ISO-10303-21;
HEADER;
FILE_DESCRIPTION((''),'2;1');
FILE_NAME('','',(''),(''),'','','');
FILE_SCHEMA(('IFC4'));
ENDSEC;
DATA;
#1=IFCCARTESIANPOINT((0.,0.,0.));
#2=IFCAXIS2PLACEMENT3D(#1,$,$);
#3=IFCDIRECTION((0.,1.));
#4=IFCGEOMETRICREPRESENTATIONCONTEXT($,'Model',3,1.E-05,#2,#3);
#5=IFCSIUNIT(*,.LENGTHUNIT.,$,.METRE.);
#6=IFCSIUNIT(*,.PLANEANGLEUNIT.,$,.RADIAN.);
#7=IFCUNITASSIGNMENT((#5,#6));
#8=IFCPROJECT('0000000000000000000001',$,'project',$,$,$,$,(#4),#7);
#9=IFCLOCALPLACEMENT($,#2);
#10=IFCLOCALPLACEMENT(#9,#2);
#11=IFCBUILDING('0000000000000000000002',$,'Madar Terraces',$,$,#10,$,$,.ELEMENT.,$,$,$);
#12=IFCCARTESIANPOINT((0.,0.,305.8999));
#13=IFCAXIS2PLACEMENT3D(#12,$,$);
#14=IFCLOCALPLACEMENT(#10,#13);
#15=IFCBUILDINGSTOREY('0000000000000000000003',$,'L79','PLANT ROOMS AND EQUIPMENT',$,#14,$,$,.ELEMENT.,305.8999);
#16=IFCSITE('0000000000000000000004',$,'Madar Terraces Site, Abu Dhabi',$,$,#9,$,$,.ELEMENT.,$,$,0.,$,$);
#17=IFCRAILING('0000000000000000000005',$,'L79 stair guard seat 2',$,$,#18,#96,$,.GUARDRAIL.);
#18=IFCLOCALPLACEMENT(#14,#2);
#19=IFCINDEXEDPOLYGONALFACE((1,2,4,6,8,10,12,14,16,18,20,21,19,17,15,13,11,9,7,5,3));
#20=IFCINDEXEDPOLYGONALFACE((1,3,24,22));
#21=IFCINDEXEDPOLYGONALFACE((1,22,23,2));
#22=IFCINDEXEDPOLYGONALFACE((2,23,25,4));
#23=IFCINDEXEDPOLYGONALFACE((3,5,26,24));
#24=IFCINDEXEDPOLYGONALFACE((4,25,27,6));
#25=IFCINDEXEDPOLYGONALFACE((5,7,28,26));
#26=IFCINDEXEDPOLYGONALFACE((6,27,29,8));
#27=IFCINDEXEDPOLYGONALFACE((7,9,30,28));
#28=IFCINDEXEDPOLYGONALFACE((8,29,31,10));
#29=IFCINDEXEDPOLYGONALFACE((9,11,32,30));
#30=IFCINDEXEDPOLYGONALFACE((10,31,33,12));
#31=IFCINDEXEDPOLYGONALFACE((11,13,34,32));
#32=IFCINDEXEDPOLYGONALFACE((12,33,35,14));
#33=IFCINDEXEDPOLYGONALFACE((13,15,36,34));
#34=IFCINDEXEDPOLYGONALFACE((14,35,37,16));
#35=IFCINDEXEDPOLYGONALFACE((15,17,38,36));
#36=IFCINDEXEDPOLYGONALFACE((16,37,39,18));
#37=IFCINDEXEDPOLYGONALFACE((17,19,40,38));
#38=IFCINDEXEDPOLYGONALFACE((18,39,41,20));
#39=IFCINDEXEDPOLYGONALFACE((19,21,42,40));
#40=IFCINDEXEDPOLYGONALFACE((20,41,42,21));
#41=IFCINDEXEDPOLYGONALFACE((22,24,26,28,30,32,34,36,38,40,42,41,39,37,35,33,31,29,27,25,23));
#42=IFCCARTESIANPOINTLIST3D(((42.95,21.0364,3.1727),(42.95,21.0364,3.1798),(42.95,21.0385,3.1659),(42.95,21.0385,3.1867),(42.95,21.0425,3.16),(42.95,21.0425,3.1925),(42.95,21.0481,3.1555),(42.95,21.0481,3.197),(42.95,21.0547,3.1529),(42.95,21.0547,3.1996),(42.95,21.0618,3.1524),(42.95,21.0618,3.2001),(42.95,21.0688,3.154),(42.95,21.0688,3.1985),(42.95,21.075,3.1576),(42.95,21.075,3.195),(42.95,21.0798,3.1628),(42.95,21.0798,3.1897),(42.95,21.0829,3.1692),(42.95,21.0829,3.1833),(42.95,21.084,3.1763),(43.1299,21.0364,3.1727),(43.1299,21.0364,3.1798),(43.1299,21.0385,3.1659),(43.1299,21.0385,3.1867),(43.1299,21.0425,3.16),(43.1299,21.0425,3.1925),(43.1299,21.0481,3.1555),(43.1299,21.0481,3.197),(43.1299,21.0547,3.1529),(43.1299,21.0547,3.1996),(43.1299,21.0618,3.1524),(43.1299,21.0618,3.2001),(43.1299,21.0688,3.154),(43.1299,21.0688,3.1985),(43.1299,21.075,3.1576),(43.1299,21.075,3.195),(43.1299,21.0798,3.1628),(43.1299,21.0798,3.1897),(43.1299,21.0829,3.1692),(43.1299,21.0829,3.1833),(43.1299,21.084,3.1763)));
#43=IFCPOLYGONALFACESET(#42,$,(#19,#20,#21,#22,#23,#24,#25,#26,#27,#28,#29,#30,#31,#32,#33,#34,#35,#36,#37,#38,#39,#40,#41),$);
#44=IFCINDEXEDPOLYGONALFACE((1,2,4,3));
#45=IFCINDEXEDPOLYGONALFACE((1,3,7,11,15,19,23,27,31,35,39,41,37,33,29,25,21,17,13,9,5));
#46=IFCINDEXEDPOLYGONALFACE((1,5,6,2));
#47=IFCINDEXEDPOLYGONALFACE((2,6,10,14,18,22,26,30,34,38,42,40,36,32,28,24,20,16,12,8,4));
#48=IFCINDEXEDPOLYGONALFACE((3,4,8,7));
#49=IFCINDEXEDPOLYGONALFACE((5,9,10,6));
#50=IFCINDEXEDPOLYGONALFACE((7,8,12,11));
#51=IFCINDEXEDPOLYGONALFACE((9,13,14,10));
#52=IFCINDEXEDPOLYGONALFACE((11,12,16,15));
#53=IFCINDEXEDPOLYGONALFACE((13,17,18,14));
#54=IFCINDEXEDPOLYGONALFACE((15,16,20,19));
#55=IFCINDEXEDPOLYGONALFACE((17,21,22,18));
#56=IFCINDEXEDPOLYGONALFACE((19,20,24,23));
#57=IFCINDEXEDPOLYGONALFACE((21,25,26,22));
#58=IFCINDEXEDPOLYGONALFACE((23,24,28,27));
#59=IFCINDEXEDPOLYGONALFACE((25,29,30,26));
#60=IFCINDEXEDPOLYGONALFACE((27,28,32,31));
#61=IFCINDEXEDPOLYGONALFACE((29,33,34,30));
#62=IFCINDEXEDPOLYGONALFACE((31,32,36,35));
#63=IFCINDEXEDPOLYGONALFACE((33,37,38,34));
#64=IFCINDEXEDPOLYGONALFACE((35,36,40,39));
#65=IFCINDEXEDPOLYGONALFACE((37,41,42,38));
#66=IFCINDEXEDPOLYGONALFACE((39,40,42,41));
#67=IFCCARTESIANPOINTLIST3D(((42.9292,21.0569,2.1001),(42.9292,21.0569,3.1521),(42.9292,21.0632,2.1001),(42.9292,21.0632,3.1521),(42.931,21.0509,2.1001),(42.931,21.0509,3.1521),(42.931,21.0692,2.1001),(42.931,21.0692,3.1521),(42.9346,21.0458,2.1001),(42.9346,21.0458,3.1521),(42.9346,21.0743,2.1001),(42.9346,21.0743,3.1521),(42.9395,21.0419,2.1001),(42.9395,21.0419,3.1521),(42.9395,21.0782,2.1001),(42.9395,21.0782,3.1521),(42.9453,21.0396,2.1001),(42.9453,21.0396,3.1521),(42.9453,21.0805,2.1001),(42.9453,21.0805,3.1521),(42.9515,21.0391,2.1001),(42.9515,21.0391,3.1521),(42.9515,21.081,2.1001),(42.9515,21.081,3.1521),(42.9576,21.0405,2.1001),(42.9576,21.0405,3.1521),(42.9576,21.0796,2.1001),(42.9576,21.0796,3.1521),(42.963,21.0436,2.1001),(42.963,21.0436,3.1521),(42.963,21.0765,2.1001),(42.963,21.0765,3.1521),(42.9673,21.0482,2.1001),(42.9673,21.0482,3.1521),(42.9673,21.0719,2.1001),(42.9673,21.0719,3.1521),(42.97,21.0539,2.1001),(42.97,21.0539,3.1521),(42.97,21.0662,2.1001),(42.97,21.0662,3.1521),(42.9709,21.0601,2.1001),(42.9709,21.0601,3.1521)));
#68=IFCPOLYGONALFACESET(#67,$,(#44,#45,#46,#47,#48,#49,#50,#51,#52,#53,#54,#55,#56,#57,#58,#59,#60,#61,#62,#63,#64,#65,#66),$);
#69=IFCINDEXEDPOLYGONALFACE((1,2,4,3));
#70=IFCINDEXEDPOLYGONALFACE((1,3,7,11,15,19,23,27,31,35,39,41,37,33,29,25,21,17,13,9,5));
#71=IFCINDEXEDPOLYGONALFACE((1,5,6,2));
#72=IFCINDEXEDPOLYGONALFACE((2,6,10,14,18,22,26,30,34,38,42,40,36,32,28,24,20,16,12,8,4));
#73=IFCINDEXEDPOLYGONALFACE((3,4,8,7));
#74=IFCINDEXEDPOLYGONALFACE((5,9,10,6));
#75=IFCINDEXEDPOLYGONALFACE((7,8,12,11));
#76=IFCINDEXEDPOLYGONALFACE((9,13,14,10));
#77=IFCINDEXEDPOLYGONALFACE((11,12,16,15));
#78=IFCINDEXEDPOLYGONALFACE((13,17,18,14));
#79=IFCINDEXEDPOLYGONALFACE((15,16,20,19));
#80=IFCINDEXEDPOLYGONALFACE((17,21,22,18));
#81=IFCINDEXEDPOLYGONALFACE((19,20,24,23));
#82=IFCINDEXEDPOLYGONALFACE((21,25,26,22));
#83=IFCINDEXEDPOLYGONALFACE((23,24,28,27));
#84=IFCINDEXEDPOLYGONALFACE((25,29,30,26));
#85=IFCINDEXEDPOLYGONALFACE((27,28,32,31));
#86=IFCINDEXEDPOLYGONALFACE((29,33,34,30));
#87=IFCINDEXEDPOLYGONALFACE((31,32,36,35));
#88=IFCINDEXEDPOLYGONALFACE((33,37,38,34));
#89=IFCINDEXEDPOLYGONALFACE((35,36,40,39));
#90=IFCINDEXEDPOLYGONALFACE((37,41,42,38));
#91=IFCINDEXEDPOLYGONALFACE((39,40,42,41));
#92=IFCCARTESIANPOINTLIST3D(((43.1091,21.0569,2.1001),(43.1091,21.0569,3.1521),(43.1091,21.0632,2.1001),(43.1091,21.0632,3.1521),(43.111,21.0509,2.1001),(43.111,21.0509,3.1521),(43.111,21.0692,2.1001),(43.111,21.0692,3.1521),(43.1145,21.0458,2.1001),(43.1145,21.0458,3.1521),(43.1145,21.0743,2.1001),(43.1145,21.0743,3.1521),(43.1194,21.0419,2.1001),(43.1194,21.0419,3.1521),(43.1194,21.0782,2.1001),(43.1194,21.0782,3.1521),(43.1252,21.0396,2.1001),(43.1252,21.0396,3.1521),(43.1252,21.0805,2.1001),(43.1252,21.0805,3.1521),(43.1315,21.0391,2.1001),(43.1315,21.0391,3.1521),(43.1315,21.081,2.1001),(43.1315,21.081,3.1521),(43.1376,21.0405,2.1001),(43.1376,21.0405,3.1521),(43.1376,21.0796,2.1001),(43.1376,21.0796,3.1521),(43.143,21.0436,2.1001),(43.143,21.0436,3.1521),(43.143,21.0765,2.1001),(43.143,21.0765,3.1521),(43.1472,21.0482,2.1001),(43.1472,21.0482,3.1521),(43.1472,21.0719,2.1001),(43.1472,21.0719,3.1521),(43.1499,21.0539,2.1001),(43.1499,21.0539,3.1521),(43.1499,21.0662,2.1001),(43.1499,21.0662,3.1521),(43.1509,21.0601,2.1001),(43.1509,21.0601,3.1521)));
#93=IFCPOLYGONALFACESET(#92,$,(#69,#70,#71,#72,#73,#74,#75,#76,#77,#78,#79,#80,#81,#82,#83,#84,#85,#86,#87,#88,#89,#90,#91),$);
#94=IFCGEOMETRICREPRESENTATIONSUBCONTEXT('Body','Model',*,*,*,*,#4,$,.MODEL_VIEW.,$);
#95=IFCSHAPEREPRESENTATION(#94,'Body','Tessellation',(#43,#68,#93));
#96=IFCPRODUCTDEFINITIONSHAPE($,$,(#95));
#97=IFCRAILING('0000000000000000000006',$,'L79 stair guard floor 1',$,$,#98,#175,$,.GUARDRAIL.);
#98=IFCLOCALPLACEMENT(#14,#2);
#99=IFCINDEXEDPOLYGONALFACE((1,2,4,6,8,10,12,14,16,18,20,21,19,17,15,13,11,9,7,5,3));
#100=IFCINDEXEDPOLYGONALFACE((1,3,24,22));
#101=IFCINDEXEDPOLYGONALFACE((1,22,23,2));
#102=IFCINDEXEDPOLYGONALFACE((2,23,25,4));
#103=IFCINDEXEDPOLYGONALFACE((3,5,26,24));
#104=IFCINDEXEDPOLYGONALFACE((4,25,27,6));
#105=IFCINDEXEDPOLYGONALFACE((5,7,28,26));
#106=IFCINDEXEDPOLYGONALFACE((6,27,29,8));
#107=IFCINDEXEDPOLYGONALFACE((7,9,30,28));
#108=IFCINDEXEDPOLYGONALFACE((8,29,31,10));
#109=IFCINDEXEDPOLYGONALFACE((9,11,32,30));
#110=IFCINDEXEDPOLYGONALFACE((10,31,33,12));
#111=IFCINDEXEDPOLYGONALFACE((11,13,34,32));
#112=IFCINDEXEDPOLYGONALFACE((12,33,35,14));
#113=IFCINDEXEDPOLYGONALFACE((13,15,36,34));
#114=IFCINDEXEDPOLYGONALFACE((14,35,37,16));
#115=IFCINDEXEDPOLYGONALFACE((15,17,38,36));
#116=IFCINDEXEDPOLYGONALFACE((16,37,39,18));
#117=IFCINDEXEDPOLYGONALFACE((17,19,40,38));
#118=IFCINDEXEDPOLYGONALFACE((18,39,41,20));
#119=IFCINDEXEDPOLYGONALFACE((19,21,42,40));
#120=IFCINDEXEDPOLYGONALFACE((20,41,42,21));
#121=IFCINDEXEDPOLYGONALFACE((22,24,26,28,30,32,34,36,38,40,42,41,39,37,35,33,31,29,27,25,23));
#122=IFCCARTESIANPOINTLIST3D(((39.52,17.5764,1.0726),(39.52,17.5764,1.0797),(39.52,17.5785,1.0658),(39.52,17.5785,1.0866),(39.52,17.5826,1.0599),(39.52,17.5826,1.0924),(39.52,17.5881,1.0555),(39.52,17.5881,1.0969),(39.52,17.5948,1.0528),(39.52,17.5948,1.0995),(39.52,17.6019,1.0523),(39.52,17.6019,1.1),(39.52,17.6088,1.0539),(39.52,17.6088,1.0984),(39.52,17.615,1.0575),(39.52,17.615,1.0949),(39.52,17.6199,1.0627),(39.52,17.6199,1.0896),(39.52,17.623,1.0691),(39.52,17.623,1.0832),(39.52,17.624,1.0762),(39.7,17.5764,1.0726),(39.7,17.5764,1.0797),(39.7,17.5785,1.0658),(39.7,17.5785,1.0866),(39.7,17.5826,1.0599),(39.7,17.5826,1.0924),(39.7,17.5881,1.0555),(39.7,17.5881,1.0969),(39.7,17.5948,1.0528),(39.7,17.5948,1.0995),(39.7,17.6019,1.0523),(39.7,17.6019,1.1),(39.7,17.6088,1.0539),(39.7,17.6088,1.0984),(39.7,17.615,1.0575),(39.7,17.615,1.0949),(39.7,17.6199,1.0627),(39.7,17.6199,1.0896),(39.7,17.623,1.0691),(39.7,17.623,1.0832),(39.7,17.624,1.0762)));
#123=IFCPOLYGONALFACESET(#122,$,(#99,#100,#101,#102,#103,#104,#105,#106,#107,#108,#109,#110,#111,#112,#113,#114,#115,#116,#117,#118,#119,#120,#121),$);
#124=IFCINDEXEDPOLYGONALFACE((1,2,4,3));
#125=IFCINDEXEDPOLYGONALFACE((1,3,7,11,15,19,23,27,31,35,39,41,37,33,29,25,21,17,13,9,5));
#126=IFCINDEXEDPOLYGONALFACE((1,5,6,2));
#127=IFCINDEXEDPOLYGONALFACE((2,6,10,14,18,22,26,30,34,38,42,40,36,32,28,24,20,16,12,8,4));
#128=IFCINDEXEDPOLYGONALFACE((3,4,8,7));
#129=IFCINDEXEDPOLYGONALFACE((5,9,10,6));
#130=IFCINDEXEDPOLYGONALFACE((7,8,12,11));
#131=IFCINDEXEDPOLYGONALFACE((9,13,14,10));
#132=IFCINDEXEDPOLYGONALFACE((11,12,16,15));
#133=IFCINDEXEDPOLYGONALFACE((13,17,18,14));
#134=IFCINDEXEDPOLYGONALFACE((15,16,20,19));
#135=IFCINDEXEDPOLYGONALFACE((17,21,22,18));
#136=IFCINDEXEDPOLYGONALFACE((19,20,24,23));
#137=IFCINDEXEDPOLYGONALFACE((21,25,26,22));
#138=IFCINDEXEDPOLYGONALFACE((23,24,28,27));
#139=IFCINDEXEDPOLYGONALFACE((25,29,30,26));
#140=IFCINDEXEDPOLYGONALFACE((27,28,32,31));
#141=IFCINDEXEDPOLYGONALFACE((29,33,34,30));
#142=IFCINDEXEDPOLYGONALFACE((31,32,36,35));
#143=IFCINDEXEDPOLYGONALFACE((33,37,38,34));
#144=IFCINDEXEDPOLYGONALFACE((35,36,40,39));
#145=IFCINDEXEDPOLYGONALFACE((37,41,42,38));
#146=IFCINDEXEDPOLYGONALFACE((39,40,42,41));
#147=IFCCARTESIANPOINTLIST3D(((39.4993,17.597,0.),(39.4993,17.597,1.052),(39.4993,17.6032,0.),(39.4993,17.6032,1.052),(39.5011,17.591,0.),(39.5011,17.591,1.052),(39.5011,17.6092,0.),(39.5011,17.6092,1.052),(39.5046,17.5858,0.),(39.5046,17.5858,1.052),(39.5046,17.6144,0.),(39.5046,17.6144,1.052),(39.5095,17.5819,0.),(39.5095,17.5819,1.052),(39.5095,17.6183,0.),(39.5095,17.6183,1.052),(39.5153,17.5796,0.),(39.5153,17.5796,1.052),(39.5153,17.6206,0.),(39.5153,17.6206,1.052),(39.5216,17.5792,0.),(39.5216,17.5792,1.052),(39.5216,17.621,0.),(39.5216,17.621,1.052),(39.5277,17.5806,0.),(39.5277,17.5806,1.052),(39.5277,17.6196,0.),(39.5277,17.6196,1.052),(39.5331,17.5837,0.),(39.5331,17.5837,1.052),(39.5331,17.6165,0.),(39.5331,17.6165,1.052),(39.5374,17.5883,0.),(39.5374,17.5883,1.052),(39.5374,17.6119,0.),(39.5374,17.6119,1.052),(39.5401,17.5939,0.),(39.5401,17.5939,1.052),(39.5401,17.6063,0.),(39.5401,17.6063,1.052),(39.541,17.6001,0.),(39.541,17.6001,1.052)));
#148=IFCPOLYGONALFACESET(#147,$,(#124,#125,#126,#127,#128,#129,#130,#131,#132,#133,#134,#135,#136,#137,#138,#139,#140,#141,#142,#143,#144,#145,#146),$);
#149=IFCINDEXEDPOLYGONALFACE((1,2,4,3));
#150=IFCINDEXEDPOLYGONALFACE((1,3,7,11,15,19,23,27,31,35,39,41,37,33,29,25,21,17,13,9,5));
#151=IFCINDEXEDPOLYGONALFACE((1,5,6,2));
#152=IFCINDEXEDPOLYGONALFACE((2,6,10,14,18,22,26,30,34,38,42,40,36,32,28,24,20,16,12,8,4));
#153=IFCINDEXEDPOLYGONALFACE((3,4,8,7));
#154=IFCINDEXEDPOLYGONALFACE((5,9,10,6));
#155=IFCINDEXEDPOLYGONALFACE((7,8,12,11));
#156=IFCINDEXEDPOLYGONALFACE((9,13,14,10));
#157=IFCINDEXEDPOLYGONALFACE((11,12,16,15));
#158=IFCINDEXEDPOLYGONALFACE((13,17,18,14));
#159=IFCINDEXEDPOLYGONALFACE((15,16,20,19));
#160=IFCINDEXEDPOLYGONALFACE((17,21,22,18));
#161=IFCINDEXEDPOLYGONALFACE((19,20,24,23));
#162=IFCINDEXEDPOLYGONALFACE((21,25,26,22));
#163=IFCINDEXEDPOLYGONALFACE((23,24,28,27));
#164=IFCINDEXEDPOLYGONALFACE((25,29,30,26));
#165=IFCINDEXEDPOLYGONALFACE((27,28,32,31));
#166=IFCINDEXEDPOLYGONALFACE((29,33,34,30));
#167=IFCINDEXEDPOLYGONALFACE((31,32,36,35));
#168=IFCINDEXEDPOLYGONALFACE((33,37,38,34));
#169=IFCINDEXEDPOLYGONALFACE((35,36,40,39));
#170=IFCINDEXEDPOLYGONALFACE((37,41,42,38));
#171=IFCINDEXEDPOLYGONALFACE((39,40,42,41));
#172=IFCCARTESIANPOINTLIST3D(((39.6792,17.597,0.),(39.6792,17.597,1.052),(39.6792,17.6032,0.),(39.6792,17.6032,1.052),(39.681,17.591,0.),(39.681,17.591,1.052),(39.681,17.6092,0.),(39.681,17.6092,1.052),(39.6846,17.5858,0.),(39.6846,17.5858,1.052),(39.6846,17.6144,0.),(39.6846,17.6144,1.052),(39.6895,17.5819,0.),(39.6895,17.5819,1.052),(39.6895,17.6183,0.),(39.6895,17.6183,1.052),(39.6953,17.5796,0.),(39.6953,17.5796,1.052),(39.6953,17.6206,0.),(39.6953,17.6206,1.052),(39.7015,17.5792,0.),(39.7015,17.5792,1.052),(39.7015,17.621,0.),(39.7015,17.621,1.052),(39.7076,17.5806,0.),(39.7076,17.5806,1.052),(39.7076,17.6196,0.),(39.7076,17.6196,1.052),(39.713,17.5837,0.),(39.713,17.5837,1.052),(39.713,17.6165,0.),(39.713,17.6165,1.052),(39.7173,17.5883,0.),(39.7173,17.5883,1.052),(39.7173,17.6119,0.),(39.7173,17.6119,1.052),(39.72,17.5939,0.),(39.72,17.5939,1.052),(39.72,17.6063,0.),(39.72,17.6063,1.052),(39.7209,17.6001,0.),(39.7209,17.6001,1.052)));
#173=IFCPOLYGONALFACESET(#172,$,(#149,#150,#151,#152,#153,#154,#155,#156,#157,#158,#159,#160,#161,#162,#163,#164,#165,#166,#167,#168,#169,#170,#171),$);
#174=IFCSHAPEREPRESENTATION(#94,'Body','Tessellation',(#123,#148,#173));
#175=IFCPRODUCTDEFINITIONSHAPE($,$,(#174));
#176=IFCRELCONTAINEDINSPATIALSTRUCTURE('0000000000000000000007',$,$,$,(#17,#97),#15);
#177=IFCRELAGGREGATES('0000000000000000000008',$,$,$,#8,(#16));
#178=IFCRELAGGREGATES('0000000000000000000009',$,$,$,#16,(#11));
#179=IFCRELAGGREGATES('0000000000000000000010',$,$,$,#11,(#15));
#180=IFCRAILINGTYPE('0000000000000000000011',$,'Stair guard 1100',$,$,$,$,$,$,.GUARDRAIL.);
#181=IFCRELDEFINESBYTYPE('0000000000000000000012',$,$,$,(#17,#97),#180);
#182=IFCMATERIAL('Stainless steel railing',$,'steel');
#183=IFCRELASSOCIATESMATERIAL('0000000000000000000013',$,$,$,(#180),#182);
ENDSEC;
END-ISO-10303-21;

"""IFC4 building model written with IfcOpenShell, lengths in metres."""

from ifc_helpers import new_model, si_unit, direction, frame, origin, origin_2d, place, context, subcontext, project, spatial, circle, extrude, material, type_object, element, save


model = new_model("IFC4")

# Units and contexts
model_context = context("Model", 3, precision=1e-05, world=origin(), true_north=direction((0.0, 1.0)))
body_context = subcontext(model_context, "Body", "Model", "MODEL_VIEW")
ifc_project = project(units=[si_unit("LENGTHUNIT", "METRE"), si_unit("PLANEANGLEUNIT", "RADIAN")], contexts=[model_context])

# Site, building, storey
site_placement = place(None, origin())
site = spatial("IfcSite", under=ifc_project, at=site_placement, Name="Madar Terraces Site, Abu Dhabi", CompositionType="ELEMENT", RefElevation=0.0)
building_placement = place(site_placement, origin())
building = spatial("IfcBuilding", under=site, at=building_placement, Name="Madar Terraces", CompositionType="ELEMENT")
storey_placement = place(building_placement, frame((0.0, 0.0, 305.8999)))
storey = spatial("IfcBuildingStorey", under=building, at=storey_placement, Name="L79", Description="PLANT ROOMS AND EQUIPMENT", CompositionType="ELEMENT", Elevation=305.8999)

# Railings
ifc_material_1 = material(Name="Stainless steel railing", Category="steel")
railing_type_1 = type_object("IfcRailingType", Name="Stair guard 1100", PredefinedType="GUARDRAIL", material=ifc_material_1)
for number, where, name in (
    (1, (42.95, 21.0601, 2.1001), "L79 stair guard seat 2"),
    (2, (39.52, 17.6001, 0.0), "L79 stair guard floor 1"),
):
    element("IfcRailing", number, at=place(storey_placement, frame(where)), inside=storey, type_object=railing_type_1, Name=name, PredefinedType="GUARDRAIL", context=body_context, shape_type="SweptSolid", body=[
        extrude(circle(Radius=0.0239, at=origin_2d()), frame((0.0, 0.0, 1.0762), z_axis=(1.0, 0.0, 0.0), x_axis=(0.0, 1.0, 0.0)), (0.0, 0.0, 1.0), 0.1799),
        extrude(circle(Radius=0.021, at=origin_2d()), origin(), (0.0, 0.0, 1.0), 1.052),
        extrude(circle(Radius=0.021, at=origin_2d()), frame((0.1799, 0.0, 0.0)), (0.0, 0.0, 1.0), 1.052),
    ])

save(model, "model.ifc")
